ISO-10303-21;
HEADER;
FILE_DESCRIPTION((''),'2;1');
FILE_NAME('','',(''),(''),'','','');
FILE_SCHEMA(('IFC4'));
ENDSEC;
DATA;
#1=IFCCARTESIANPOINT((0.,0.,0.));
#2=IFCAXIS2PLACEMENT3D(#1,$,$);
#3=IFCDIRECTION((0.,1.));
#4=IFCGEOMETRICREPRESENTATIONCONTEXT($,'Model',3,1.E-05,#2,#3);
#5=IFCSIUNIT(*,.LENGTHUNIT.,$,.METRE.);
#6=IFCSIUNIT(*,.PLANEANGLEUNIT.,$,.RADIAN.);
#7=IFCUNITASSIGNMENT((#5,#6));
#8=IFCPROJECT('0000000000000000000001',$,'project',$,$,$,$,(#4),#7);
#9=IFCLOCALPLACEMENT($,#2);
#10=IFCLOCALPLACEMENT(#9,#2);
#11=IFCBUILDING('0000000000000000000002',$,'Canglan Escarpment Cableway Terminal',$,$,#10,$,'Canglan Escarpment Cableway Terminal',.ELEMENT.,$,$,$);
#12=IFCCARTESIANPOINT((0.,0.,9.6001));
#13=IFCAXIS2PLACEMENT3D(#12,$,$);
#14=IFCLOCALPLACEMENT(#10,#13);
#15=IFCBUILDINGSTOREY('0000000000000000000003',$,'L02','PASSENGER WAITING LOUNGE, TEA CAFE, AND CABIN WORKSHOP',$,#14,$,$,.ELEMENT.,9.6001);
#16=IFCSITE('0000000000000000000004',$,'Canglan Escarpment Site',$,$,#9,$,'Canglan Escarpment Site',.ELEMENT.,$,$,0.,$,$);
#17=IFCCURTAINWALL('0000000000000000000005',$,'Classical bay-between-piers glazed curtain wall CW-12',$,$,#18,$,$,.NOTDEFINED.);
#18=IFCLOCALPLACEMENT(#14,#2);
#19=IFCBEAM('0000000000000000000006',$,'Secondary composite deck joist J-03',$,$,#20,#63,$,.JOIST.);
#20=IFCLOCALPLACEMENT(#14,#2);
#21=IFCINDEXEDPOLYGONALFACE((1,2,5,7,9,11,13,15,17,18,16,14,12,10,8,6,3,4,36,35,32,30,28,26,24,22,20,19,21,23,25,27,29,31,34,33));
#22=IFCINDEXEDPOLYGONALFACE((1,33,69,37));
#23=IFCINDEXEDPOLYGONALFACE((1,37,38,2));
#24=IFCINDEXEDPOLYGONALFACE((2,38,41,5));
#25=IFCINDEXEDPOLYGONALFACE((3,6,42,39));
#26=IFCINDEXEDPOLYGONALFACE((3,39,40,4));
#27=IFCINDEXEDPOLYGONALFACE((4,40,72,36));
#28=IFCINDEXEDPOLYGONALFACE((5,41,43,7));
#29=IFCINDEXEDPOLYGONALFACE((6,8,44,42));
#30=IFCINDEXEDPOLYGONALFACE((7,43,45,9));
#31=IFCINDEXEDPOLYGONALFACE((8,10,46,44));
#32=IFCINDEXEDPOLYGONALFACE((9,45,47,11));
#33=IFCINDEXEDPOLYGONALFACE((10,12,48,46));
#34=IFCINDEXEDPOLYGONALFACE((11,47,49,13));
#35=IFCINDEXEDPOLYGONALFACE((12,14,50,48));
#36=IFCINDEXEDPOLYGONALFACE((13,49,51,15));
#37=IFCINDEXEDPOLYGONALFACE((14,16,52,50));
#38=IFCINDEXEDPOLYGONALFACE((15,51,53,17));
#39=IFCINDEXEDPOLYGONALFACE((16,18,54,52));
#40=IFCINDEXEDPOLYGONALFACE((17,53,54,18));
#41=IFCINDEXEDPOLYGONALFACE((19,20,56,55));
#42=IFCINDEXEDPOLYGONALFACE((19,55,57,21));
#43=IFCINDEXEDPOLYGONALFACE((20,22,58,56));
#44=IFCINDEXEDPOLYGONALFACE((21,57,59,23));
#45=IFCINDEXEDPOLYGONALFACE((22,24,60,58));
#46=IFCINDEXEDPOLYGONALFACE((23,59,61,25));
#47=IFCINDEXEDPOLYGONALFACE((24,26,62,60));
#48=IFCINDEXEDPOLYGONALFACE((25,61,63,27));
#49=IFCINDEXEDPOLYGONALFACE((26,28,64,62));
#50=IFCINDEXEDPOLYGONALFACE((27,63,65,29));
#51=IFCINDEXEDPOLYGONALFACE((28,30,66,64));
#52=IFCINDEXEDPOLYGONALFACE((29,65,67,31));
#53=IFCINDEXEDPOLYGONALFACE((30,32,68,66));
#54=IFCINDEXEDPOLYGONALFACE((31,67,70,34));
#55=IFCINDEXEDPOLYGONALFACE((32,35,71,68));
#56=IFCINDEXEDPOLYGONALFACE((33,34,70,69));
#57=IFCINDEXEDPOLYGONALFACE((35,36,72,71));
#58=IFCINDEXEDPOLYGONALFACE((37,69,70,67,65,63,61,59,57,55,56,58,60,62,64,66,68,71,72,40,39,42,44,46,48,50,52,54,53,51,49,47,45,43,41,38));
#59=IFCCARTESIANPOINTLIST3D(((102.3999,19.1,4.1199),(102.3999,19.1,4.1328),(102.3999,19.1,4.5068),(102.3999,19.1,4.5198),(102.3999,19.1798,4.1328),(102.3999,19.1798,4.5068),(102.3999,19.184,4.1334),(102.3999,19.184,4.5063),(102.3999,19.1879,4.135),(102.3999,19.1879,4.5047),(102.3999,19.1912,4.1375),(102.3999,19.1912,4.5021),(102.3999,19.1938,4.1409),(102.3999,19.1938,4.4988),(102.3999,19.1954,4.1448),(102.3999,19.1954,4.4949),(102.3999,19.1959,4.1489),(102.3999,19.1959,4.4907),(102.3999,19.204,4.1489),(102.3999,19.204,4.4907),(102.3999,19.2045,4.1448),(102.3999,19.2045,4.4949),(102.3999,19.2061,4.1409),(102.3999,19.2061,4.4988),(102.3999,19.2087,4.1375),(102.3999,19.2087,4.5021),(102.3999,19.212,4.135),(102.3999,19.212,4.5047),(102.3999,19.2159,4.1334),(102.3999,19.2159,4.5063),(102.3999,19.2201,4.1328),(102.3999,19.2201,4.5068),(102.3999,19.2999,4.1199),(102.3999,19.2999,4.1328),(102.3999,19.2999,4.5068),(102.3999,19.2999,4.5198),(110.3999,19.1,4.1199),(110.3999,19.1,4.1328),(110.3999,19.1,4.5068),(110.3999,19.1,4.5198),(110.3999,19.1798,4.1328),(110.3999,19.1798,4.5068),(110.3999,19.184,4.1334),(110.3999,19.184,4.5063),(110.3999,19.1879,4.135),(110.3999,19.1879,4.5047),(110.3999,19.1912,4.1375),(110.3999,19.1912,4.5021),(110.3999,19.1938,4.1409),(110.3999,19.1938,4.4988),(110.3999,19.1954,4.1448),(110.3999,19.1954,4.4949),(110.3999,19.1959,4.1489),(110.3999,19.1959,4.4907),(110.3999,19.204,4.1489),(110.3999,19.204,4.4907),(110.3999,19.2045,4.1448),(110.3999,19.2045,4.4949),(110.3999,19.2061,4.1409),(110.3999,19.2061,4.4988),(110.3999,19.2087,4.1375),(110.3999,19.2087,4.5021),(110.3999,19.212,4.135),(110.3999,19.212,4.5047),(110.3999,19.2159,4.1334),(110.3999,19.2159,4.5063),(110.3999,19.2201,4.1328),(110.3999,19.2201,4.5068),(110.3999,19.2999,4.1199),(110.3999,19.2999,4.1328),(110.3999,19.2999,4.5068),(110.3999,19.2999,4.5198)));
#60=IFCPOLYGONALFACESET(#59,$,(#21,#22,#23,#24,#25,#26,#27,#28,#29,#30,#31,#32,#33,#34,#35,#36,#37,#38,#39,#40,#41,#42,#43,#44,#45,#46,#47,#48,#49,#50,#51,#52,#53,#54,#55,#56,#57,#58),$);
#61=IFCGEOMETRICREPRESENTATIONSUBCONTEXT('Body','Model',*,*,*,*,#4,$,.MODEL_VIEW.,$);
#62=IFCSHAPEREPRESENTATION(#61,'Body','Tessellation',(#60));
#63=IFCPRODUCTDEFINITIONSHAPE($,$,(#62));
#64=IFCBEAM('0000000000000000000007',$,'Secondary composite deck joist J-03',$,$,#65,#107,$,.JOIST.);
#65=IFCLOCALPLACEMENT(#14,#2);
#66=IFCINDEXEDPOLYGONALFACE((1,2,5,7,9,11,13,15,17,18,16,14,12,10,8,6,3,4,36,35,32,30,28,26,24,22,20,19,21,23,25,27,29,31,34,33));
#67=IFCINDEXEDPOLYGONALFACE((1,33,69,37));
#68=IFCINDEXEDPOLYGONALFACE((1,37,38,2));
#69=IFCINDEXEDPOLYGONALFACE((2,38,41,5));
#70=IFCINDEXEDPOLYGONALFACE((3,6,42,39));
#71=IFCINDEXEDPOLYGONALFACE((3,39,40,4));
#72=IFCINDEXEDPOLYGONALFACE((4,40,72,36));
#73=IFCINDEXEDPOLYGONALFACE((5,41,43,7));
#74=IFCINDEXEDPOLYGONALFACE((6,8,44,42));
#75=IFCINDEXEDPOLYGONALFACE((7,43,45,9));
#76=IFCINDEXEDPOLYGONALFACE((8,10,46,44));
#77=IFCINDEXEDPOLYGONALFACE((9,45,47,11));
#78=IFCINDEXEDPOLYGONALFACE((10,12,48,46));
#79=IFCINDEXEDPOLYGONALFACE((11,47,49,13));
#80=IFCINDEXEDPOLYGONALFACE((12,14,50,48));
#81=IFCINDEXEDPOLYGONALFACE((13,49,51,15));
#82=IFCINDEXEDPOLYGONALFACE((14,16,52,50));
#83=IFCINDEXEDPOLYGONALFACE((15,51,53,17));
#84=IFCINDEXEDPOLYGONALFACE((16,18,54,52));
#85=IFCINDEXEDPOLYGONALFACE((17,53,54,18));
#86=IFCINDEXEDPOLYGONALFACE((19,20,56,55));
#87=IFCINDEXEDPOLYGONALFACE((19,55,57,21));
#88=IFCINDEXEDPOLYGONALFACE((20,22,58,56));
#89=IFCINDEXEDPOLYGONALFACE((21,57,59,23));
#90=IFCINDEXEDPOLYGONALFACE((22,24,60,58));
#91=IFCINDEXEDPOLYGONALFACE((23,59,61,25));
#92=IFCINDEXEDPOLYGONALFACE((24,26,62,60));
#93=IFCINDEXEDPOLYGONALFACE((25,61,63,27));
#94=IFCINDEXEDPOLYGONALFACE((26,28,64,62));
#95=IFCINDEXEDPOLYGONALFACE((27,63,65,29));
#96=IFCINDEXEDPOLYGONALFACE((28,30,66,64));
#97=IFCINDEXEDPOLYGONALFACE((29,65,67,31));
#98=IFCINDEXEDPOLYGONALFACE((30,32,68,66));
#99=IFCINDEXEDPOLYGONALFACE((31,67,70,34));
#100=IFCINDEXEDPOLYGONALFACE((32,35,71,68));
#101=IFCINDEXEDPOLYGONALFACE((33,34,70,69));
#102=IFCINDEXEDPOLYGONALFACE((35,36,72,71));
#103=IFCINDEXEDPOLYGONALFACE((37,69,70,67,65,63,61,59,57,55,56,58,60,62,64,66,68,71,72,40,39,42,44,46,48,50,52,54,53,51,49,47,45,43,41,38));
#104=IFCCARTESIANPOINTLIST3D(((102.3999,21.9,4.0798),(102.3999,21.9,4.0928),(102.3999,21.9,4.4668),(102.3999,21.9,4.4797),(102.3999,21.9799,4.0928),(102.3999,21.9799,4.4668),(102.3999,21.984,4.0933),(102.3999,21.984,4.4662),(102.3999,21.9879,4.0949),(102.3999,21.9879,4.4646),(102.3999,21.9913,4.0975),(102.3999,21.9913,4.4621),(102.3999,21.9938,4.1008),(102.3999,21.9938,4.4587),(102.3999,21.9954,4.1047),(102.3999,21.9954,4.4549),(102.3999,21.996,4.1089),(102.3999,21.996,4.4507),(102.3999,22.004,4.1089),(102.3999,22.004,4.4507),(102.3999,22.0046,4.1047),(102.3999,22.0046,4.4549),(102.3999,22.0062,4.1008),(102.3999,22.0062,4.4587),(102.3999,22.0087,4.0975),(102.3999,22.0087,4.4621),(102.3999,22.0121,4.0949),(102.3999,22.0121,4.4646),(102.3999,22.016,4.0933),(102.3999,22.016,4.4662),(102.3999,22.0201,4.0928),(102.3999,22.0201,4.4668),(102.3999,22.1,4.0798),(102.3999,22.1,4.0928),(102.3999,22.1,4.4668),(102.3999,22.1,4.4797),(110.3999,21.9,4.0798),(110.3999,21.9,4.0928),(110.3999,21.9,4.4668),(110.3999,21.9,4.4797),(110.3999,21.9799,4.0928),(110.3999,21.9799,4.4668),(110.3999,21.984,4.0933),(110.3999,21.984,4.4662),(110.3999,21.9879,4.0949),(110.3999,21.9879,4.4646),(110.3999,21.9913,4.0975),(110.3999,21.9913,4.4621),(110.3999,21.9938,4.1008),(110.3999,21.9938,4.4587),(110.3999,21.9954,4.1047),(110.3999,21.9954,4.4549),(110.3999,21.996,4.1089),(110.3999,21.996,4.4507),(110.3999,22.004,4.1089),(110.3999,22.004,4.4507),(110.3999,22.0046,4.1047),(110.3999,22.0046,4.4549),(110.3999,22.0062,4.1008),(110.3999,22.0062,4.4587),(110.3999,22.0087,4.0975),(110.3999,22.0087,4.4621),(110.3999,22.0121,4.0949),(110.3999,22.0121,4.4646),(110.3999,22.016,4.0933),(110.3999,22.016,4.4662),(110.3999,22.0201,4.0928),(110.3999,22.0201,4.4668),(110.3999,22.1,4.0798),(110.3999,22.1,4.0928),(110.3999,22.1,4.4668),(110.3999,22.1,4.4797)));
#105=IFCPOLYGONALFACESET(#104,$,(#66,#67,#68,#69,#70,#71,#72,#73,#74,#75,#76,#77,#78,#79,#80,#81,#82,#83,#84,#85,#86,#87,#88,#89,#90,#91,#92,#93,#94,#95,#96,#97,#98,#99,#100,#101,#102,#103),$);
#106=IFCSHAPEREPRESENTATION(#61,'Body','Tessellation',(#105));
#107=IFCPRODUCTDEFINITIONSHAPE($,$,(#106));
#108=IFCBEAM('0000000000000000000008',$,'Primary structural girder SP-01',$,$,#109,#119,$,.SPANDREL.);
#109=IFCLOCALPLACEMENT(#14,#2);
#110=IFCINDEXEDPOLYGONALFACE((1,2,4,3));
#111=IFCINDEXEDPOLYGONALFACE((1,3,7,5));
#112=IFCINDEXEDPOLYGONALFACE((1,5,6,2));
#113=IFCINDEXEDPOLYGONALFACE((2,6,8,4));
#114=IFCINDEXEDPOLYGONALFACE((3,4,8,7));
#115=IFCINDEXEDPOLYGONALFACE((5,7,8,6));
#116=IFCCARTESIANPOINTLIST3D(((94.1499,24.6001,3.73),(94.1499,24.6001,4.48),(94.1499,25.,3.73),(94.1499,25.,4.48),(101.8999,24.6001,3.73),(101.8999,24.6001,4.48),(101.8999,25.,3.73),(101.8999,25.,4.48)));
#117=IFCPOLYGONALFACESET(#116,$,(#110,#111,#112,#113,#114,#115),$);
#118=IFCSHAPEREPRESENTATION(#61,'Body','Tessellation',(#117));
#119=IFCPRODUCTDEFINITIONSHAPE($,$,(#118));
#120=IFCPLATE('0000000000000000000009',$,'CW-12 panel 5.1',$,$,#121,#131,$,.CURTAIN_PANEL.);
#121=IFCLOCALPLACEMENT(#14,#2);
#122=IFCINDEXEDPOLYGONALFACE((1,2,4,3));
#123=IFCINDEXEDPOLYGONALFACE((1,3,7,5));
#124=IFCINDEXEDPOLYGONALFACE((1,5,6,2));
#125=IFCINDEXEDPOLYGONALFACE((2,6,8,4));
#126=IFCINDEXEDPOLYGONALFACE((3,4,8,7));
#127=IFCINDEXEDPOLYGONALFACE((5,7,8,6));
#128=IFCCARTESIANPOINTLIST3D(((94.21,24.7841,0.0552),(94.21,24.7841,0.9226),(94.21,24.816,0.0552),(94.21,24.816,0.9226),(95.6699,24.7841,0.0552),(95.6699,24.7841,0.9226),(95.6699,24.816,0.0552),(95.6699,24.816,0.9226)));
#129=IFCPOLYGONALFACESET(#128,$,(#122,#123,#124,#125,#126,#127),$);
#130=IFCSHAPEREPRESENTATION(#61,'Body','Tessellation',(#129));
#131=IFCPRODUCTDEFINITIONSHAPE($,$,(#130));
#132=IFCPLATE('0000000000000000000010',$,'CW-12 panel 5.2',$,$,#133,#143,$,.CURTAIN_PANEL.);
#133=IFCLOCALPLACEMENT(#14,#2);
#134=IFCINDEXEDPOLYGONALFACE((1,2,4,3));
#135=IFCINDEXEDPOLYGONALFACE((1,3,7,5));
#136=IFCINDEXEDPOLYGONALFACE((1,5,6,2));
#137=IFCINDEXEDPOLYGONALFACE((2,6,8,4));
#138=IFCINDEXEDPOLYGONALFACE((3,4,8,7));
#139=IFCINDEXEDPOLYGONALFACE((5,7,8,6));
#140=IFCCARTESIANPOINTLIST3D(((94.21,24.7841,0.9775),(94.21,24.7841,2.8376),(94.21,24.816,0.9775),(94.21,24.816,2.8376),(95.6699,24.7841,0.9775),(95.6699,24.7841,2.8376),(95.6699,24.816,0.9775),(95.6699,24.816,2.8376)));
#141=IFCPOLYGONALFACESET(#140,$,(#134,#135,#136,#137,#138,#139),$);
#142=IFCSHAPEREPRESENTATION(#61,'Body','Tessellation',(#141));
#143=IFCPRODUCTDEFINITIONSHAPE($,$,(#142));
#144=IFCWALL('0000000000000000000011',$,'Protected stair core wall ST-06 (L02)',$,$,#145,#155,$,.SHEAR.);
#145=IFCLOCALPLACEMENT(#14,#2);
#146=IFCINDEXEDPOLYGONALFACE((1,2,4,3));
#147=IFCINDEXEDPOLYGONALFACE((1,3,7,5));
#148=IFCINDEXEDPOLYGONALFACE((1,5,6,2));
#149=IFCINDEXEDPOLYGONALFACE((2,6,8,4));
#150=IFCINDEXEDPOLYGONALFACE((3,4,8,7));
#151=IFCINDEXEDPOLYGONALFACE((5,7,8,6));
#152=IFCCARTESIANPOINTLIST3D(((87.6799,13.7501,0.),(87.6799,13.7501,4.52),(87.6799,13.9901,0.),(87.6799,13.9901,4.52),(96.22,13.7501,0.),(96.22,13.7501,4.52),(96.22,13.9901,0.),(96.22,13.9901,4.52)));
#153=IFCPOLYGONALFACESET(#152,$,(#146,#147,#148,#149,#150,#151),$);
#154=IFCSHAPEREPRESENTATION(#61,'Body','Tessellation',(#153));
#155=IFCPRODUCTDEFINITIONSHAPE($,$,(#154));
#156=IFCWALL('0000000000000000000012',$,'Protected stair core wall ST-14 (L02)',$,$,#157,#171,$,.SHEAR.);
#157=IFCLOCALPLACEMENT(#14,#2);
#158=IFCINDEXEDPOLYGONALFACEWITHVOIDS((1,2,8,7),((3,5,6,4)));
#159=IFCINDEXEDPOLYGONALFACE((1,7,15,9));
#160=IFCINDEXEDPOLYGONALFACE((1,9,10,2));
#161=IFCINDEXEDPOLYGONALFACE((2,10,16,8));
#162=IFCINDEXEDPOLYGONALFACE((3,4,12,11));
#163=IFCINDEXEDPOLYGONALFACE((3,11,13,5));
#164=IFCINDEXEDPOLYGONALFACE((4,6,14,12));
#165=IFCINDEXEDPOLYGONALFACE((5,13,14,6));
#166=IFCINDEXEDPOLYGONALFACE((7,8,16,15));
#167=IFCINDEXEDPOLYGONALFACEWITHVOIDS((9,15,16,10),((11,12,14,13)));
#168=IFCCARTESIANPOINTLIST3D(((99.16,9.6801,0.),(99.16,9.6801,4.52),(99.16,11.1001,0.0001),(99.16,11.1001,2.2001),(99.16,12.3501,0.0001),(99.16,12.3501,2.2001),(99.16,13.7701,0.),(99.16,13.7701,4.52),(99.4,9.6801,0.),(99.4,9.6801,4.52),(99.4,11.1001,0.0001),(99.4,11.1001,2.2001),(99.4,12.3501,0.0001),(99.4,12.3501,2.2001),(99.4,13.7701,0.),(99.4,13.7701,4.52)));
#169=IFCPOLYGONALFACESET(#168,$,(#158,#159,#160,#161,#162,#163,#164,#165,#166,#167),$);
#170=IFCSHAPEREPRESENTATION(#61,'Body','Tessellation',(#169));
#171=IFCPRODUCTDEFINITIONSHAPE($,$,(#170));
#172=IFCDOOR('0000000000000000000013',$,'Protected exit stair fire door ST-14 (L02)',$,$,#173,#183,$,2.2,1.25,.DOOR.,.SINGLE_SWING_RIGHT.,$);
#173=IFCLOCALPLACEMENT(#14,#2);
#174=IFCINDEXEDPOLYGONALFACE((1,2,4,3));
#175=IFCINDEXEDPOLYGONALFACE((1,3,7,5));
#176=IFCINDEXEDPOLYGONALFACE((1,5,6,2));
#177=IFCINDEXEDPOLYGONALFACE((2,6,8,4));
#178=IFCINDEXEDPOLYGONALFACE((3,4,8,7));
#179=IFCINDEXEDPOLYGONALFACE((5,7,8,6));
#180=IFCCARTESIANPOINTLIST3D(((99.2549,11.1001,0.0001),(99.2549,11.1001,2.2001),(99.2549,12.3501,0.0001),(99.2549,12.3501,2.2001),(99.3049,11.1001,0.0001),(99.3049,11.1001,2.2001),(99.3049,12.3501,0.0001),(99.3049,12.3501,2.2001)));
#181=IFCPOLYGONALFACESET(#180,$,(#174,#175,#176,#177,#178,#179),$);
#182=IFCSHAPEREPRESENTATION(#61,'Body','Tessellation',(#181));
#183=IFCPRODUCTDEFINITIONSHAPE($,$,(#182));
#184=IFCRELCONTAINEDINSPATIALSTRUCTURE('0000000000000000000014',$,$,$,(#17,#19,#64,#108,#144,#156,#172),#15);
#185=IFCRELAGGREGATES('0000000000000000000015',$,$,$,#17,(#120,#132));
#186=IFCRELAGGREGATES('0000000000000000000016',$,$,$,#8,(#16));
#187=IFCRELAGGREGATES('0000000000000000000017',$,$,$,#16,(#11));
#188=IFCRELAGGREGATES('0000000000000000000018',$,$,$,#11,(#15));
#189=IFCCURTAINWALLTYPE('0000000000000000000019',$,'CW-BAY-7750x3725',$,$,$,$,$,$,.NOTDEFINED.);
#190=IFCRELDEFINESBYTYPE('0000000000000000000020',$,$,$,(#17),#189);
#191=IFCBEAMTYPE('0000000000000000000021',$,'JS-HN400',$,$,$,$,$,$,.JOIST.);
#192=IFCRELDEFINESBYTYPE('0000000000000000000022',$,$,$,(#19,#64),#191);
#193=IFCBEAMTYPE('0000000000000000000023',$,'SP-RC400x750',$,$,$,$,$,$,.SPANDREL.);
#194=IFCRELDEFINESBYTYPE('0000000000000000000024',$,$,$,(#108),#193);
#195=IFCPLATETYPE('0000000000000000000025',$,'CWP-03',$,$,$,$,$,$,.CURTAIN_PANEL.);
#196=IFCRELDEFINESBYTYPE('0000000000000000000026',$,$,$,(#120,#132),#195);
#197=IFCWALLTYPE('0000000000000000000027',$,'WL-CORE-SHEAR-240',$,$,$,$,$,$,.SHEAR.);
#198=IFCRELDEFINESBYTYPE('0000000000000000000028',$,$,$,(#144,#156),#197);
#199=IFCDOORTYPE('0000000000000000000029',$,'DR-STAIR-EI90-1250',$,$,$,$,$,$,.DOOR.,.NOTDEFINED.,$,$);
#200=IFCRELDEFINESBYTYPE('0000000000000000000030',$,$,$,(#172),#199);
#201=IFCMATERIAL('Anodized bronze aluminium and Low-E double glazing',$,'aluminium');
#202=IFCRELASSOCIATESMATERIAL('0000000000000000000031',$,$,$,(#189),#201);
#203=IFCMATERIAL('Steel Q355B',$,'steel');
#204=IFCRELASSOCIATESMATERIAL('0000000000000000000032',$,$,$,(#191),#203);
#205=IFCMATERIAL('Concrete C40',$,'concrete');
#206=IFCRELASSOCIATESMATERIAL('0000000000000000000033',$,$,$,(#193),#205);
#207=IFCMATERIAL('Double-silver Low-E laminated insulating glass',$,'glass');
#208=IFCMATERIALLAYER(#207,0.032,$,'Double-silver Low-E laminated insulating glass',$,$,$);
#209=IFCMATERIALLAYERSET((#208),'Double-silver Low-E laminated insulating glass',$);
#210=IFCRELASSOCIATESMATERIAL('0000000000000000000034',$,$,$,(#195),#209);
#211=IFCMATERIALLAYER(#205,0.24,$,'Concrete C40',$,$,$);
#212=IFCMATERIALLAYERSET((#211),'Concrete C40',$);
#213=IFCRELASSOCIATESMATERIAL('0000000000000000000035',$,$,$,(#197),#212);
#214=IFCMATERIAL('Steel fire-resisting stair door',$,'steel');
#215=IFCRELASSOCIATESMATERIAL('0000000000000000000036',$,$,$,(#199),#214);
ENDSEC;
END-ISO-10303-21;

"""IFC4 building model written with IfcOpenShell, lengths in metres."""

from ifc_helpers import new_model, si_unit, direction, frame, frame_2d, origin, origin_2d, place, context, subcontext, project, spatial, rectangle, i_section, extrude, material, layer, layer_set, material_profile, profile_set, type_object, element, fill, aggregate, save


model = new_model("IFC4")

# Units and contexts
model_context = context("Model", 3, precision=1e-05, world=origin(), true_north=direction((0.0, 1.0)))
body_context = subcontext(model_context, "Body", "Model", "MODEL_VIEW")
ifc_project = project(units=[si_unit("LENGTHUNIT", "METRE"), si_unit("PLANEANGLEUNIT", "RADIAN")], contexts=[model_context])

# Site, building, storey
site_placement = place(None, origin())
site = spatial("IfcSite", under=ifc_project, at=site_placement, Name="Canglan Escarpment Site", LongName="Canglan Escarpment Site", CompositionType="ELEMENT", RefElevation=0.0)
building_placement = place(site_placement, origin())
building = spatial("IfcBuilding", under=site, at=building_placement, Name="Canglan Escarpment Cableway Terminal", LongName="Canglan Escarpment Cableway Terminal", CompositionType="ELEMENT")
storey_placement = place(building_placement, frame((0.0, 0.0, 9.6001)))
storey = spatial("IfcBuildingStorey", under=building, at=storey_placement, Name="L02", Description="PASSENGER WAITING LOUNGE, TEA CAFE, AND CABIN WORKSHOP", CompositionType="ELEMENT", Elevation=9.6001)

# Shared definitions
ifc_material_1 = material(Name="Concrete C40", Category="concrete")

# Curtain wall
ifc_material_2 = material(Name="Anodized bronze aluminium and Low-E double glazing", Category="aluminium")
curtain_wall_type_1 = type_object("IfcCurtainWallType", Name="CW-BAY-7750x3725", PredefinedType="NOTDEFINED", material=ifc_material_2)
curtain_wall_1_placement = place(storey_placement, origin())
curtain_wall_1 = element("IfcCurtainWall", 1, at=curtain_wall_1_placement, inside=storey, type_object=curtain_wall_type_1, Name="Classical bay-between-piers glazed curtain wall CW-12", PredefinedType="NOTDEFINED")

# Beams
ifc_material_3 = material(Name="Steel Q355B", Category="steel")
ifc_material_profile_1 = material_profile(ifc_material_3, i_section(OverallWidth=0.2, OverallDepth=0.3999, WebThickness=0.0081, FlangeThickness=0.0129, FilletRadius=0.0161, at=origin_2d()), Name="HN 400x200x8x13")
ifc_profile_set_1 = profile_set([ifc_material_profile_1], Name="Steel Q355B")
beam_type_1 = type_object("IfcBeamType", Name="JS-HN400", PredefinedType="JOIST", material=ifc_profile_set_1)
for number, where, z_axis, x_axis, name in (
    (2, (102.3999, 19.2, 4.3198), (1.0, 0.0, 0.0), (0.0, 1.0, 0.0), "Secondary composite deck joist J-03"),
    (3, (102.3999, 22.0, 4.2798), (1.0, 0.0, 0.0), (0.0, 1.0, 0.0), "Secondary composite deck joist J-03"),
):
    element("IfcBeam", number, at=place(storey_placement, frame(where, z_axis=z_axis, x_axis=x_axis)), inside=storey, type_object=beam_type_1, Name=name, PredefinedType="JOIST", context=body_context, shape_type="SweptSolid", body=[
        extrude(i_section(OverallWidth=0.2, OverallDepth=0.3999, WebThickness=0.0081, FlangeThickness=0.0129, FilletRadius=0.0161, at=origin_2d()), origin(), (0.0, 0.0, 1.0), 8.0),
    ])
ifc_material_profile_2 = material_profile(ifc_material_1, rectangle(XDim=0.3999, YDim=0.75, at=origin_2d()), Name="RC 400x750")
ifc_profile_set_2 = profile_set([ifc_material_profile_2], Name="Concrete C40")
beam_type_2 = type_object("IfcBeamType", Name="SP-RC400x750", PredefinedType="SPANDREL", material=ifc_profile_set_2)
beam_1_placement = place(storey_placement, frame((94.1499, 24.8, 4.105), z_axis=(1.0, 0.0, 0.0), x_axis=(0.0, 1.0, 0.0)))
element("IfcBeam", 4, at=beam_1_placement, inside=storey, type_object=beam_type_2, Name="Primary structural girder SP-01", PredefinedType="SPANDREL", context=body_context, shape_type="SweptSolid", body=[
    extrude(rectangle(XDim=0.3999, YDim=0.75, at=origin_2d()), origin(), (0.0, 0.0, 1.0), 7.75),
])

# Plates
ifc_material_4 = material(Name="Double-silver Low-E laminated insulating glass", Category="glass")
ifc_layer_1 = layer(ifc_material_4, 0.032, Name="Double-silver Low-E laminated insulating glass")
ifc_layer_set_1 = layer_set([ifc_layer_1], Name="Double-silver Low-E laminated insulating glass")
plate_type = type_object("IfcPlateType", Name="CWP-03", PredefinedType="CURTAIN_PANEL", material=ifc_layer_set_1)
plate_1_placement = place(storey_placement, frame((94.9399, 24.8, 0.0552), z_axis=(0.0, 0.0, 1.0), x_axis=(-1.0, 0.0, 0.0)))
plate_1 = element("IfcPlate", 5, at=plate_1_placement, type_object=plate_type, Name="CW-12 panel 5.1", PredefinedType="CURTAIN_PANEL", context=body_context, shape_type="SweptSolid", body=[
    extrude(rectangle(XDim=1.46, YDim=0.032, at=origin_2d()), origin(), (0.0, 0.0, 1.0), 0.8674),
])
plate_2_placement = place(storey_placement, frame((94.9399, 24.8, 0.9775), z_axis=(0.0, 0.0, 1.0), x_axis=(-1.0, 0.0, 0.0)))
plate_2 = element("IfcPlate", 6, at=plate_2_placement, type_object=plate_type, Name="CW-12 panel 5.2", PredefinedType="CURTAIN_PANEL", context=body_context, shape_type="SweptSolid", body=[
    extrude(rectangle(XDim=1.46, YDim=0.032, at=origin_2d()), origin(), (0.0, 0.0, 1.0), 1.8601),
])
aggregate(curtain_wall_1, [plate_1, plate_2])

# Wall
ifc_layer_2 = layer(ifc_material_1, 0.24, Name="Concrete C40")
ifc_layer_set_2 = layer_set([ifc_layer_2], Name="Concrete C40")
wall_type_1 = type_object("IfcWallType", Name="WL-CORE-SHEAR-240", PredefinedType="SHEAR", material=ifc_layer_set_2)
wall_1_placement = place(storey_placement, frame((96.22, 13.8701, 0.0), z_axis=(0.0, 0.0, 1.0), x_axis=(-1.0, 0.0, 0.0)))
element("IfcWall", 7, at=wall_1_placement, inside=storey, type_object=wall_type_1, Name="Protected stair core wall ST-06 (L02)", PredefinedType="SHEAR", context=body_context, shape_type="SweptSolid", body=[
    extrude(rectangle(XDim=8.54, YDim=0.24, at=frame_2d((4.27, 0.0))), origin(), (0.0, 0.0, 1.0), 4.52),
])

# Wall, opening, door
wall_2_placement = place(storey_placement, frame((99.28, 13.77, 0.0), z_axis=(0.0, 0.0, 1.0), x_axis=(0.0, -1.0, 0.0)))
wall_2 = element("IfcWall", 8, at=wall_2_placement, inside=storey, type_object=wall_type_1, Name="Protected stair core wall ST-14 (L02)", PredefinedType="SHEAR", context=body_context, shape_type="SweptSolid", body=[
    extrude(rectangle(XDim=4.0901, YDim=0.24, at=frame_2d((2.0449, 0.0))), origin(), (0.0, 0.0, 1.0), 4.52),
])
opening_1_placement = place(wall_2_placement, frame((1.4199, 0.0, 0.0)))
opening_1 = element("IfcOpeningElement", 9, at=opening_1_placement, cuts=wall_2, PredefinedType="OPENING", context=body_context, shape_type="SweptSolid", body=[
    extrude(rectangle(XDim=1.25, YDim=2.2, at=frame_2d((0.625, 1.1001))), frame((0.0, 0.1299, 0.0), z_axis=(0.0, -1.0, 0.0), x_axis=(1.0, 0.0, 0.0)), (0.0, 0.0, 1.0), 0.26),
])
ifc_material_5 = material(Name="Steel fire-resisting stair door", Category="steel")
door_type_1 = type_object("IfcDoorType", Name="DR-STAIR-EI90-1250", OperationType="NOTDEFINED", PredefinedType="DOOR", material=ifc_material_5)
door_1_placement = place(opening_1_placement, origin())
door_1 = element("IfcDoor", 10, at=door_1_placement, inside=storey, type_object=door_type_1, Name="Protected exit stair fire door ST-14 (L02)", OperationType="SINGLE_SWING_RIGHT", OverallHeight=2.2, OverallWidth=1.25, PredefinedType="DOOR", context=body_context, shape_type="SweptSolid", body=[
    extrude(rectangle(XDim=1.25, YDim=2.2, at=frame_2d((0.625, 1.1001))), frame((0.0, 0.0249, 0.0), z_axis=(0.0, -1.0, 0.0), x_axis=(1.0, 0.0, 0.0)), (0.0, 0.0, 1.0), 0.05),
])
fill(opening_1, door_1)

save(model, "model.ifc")
